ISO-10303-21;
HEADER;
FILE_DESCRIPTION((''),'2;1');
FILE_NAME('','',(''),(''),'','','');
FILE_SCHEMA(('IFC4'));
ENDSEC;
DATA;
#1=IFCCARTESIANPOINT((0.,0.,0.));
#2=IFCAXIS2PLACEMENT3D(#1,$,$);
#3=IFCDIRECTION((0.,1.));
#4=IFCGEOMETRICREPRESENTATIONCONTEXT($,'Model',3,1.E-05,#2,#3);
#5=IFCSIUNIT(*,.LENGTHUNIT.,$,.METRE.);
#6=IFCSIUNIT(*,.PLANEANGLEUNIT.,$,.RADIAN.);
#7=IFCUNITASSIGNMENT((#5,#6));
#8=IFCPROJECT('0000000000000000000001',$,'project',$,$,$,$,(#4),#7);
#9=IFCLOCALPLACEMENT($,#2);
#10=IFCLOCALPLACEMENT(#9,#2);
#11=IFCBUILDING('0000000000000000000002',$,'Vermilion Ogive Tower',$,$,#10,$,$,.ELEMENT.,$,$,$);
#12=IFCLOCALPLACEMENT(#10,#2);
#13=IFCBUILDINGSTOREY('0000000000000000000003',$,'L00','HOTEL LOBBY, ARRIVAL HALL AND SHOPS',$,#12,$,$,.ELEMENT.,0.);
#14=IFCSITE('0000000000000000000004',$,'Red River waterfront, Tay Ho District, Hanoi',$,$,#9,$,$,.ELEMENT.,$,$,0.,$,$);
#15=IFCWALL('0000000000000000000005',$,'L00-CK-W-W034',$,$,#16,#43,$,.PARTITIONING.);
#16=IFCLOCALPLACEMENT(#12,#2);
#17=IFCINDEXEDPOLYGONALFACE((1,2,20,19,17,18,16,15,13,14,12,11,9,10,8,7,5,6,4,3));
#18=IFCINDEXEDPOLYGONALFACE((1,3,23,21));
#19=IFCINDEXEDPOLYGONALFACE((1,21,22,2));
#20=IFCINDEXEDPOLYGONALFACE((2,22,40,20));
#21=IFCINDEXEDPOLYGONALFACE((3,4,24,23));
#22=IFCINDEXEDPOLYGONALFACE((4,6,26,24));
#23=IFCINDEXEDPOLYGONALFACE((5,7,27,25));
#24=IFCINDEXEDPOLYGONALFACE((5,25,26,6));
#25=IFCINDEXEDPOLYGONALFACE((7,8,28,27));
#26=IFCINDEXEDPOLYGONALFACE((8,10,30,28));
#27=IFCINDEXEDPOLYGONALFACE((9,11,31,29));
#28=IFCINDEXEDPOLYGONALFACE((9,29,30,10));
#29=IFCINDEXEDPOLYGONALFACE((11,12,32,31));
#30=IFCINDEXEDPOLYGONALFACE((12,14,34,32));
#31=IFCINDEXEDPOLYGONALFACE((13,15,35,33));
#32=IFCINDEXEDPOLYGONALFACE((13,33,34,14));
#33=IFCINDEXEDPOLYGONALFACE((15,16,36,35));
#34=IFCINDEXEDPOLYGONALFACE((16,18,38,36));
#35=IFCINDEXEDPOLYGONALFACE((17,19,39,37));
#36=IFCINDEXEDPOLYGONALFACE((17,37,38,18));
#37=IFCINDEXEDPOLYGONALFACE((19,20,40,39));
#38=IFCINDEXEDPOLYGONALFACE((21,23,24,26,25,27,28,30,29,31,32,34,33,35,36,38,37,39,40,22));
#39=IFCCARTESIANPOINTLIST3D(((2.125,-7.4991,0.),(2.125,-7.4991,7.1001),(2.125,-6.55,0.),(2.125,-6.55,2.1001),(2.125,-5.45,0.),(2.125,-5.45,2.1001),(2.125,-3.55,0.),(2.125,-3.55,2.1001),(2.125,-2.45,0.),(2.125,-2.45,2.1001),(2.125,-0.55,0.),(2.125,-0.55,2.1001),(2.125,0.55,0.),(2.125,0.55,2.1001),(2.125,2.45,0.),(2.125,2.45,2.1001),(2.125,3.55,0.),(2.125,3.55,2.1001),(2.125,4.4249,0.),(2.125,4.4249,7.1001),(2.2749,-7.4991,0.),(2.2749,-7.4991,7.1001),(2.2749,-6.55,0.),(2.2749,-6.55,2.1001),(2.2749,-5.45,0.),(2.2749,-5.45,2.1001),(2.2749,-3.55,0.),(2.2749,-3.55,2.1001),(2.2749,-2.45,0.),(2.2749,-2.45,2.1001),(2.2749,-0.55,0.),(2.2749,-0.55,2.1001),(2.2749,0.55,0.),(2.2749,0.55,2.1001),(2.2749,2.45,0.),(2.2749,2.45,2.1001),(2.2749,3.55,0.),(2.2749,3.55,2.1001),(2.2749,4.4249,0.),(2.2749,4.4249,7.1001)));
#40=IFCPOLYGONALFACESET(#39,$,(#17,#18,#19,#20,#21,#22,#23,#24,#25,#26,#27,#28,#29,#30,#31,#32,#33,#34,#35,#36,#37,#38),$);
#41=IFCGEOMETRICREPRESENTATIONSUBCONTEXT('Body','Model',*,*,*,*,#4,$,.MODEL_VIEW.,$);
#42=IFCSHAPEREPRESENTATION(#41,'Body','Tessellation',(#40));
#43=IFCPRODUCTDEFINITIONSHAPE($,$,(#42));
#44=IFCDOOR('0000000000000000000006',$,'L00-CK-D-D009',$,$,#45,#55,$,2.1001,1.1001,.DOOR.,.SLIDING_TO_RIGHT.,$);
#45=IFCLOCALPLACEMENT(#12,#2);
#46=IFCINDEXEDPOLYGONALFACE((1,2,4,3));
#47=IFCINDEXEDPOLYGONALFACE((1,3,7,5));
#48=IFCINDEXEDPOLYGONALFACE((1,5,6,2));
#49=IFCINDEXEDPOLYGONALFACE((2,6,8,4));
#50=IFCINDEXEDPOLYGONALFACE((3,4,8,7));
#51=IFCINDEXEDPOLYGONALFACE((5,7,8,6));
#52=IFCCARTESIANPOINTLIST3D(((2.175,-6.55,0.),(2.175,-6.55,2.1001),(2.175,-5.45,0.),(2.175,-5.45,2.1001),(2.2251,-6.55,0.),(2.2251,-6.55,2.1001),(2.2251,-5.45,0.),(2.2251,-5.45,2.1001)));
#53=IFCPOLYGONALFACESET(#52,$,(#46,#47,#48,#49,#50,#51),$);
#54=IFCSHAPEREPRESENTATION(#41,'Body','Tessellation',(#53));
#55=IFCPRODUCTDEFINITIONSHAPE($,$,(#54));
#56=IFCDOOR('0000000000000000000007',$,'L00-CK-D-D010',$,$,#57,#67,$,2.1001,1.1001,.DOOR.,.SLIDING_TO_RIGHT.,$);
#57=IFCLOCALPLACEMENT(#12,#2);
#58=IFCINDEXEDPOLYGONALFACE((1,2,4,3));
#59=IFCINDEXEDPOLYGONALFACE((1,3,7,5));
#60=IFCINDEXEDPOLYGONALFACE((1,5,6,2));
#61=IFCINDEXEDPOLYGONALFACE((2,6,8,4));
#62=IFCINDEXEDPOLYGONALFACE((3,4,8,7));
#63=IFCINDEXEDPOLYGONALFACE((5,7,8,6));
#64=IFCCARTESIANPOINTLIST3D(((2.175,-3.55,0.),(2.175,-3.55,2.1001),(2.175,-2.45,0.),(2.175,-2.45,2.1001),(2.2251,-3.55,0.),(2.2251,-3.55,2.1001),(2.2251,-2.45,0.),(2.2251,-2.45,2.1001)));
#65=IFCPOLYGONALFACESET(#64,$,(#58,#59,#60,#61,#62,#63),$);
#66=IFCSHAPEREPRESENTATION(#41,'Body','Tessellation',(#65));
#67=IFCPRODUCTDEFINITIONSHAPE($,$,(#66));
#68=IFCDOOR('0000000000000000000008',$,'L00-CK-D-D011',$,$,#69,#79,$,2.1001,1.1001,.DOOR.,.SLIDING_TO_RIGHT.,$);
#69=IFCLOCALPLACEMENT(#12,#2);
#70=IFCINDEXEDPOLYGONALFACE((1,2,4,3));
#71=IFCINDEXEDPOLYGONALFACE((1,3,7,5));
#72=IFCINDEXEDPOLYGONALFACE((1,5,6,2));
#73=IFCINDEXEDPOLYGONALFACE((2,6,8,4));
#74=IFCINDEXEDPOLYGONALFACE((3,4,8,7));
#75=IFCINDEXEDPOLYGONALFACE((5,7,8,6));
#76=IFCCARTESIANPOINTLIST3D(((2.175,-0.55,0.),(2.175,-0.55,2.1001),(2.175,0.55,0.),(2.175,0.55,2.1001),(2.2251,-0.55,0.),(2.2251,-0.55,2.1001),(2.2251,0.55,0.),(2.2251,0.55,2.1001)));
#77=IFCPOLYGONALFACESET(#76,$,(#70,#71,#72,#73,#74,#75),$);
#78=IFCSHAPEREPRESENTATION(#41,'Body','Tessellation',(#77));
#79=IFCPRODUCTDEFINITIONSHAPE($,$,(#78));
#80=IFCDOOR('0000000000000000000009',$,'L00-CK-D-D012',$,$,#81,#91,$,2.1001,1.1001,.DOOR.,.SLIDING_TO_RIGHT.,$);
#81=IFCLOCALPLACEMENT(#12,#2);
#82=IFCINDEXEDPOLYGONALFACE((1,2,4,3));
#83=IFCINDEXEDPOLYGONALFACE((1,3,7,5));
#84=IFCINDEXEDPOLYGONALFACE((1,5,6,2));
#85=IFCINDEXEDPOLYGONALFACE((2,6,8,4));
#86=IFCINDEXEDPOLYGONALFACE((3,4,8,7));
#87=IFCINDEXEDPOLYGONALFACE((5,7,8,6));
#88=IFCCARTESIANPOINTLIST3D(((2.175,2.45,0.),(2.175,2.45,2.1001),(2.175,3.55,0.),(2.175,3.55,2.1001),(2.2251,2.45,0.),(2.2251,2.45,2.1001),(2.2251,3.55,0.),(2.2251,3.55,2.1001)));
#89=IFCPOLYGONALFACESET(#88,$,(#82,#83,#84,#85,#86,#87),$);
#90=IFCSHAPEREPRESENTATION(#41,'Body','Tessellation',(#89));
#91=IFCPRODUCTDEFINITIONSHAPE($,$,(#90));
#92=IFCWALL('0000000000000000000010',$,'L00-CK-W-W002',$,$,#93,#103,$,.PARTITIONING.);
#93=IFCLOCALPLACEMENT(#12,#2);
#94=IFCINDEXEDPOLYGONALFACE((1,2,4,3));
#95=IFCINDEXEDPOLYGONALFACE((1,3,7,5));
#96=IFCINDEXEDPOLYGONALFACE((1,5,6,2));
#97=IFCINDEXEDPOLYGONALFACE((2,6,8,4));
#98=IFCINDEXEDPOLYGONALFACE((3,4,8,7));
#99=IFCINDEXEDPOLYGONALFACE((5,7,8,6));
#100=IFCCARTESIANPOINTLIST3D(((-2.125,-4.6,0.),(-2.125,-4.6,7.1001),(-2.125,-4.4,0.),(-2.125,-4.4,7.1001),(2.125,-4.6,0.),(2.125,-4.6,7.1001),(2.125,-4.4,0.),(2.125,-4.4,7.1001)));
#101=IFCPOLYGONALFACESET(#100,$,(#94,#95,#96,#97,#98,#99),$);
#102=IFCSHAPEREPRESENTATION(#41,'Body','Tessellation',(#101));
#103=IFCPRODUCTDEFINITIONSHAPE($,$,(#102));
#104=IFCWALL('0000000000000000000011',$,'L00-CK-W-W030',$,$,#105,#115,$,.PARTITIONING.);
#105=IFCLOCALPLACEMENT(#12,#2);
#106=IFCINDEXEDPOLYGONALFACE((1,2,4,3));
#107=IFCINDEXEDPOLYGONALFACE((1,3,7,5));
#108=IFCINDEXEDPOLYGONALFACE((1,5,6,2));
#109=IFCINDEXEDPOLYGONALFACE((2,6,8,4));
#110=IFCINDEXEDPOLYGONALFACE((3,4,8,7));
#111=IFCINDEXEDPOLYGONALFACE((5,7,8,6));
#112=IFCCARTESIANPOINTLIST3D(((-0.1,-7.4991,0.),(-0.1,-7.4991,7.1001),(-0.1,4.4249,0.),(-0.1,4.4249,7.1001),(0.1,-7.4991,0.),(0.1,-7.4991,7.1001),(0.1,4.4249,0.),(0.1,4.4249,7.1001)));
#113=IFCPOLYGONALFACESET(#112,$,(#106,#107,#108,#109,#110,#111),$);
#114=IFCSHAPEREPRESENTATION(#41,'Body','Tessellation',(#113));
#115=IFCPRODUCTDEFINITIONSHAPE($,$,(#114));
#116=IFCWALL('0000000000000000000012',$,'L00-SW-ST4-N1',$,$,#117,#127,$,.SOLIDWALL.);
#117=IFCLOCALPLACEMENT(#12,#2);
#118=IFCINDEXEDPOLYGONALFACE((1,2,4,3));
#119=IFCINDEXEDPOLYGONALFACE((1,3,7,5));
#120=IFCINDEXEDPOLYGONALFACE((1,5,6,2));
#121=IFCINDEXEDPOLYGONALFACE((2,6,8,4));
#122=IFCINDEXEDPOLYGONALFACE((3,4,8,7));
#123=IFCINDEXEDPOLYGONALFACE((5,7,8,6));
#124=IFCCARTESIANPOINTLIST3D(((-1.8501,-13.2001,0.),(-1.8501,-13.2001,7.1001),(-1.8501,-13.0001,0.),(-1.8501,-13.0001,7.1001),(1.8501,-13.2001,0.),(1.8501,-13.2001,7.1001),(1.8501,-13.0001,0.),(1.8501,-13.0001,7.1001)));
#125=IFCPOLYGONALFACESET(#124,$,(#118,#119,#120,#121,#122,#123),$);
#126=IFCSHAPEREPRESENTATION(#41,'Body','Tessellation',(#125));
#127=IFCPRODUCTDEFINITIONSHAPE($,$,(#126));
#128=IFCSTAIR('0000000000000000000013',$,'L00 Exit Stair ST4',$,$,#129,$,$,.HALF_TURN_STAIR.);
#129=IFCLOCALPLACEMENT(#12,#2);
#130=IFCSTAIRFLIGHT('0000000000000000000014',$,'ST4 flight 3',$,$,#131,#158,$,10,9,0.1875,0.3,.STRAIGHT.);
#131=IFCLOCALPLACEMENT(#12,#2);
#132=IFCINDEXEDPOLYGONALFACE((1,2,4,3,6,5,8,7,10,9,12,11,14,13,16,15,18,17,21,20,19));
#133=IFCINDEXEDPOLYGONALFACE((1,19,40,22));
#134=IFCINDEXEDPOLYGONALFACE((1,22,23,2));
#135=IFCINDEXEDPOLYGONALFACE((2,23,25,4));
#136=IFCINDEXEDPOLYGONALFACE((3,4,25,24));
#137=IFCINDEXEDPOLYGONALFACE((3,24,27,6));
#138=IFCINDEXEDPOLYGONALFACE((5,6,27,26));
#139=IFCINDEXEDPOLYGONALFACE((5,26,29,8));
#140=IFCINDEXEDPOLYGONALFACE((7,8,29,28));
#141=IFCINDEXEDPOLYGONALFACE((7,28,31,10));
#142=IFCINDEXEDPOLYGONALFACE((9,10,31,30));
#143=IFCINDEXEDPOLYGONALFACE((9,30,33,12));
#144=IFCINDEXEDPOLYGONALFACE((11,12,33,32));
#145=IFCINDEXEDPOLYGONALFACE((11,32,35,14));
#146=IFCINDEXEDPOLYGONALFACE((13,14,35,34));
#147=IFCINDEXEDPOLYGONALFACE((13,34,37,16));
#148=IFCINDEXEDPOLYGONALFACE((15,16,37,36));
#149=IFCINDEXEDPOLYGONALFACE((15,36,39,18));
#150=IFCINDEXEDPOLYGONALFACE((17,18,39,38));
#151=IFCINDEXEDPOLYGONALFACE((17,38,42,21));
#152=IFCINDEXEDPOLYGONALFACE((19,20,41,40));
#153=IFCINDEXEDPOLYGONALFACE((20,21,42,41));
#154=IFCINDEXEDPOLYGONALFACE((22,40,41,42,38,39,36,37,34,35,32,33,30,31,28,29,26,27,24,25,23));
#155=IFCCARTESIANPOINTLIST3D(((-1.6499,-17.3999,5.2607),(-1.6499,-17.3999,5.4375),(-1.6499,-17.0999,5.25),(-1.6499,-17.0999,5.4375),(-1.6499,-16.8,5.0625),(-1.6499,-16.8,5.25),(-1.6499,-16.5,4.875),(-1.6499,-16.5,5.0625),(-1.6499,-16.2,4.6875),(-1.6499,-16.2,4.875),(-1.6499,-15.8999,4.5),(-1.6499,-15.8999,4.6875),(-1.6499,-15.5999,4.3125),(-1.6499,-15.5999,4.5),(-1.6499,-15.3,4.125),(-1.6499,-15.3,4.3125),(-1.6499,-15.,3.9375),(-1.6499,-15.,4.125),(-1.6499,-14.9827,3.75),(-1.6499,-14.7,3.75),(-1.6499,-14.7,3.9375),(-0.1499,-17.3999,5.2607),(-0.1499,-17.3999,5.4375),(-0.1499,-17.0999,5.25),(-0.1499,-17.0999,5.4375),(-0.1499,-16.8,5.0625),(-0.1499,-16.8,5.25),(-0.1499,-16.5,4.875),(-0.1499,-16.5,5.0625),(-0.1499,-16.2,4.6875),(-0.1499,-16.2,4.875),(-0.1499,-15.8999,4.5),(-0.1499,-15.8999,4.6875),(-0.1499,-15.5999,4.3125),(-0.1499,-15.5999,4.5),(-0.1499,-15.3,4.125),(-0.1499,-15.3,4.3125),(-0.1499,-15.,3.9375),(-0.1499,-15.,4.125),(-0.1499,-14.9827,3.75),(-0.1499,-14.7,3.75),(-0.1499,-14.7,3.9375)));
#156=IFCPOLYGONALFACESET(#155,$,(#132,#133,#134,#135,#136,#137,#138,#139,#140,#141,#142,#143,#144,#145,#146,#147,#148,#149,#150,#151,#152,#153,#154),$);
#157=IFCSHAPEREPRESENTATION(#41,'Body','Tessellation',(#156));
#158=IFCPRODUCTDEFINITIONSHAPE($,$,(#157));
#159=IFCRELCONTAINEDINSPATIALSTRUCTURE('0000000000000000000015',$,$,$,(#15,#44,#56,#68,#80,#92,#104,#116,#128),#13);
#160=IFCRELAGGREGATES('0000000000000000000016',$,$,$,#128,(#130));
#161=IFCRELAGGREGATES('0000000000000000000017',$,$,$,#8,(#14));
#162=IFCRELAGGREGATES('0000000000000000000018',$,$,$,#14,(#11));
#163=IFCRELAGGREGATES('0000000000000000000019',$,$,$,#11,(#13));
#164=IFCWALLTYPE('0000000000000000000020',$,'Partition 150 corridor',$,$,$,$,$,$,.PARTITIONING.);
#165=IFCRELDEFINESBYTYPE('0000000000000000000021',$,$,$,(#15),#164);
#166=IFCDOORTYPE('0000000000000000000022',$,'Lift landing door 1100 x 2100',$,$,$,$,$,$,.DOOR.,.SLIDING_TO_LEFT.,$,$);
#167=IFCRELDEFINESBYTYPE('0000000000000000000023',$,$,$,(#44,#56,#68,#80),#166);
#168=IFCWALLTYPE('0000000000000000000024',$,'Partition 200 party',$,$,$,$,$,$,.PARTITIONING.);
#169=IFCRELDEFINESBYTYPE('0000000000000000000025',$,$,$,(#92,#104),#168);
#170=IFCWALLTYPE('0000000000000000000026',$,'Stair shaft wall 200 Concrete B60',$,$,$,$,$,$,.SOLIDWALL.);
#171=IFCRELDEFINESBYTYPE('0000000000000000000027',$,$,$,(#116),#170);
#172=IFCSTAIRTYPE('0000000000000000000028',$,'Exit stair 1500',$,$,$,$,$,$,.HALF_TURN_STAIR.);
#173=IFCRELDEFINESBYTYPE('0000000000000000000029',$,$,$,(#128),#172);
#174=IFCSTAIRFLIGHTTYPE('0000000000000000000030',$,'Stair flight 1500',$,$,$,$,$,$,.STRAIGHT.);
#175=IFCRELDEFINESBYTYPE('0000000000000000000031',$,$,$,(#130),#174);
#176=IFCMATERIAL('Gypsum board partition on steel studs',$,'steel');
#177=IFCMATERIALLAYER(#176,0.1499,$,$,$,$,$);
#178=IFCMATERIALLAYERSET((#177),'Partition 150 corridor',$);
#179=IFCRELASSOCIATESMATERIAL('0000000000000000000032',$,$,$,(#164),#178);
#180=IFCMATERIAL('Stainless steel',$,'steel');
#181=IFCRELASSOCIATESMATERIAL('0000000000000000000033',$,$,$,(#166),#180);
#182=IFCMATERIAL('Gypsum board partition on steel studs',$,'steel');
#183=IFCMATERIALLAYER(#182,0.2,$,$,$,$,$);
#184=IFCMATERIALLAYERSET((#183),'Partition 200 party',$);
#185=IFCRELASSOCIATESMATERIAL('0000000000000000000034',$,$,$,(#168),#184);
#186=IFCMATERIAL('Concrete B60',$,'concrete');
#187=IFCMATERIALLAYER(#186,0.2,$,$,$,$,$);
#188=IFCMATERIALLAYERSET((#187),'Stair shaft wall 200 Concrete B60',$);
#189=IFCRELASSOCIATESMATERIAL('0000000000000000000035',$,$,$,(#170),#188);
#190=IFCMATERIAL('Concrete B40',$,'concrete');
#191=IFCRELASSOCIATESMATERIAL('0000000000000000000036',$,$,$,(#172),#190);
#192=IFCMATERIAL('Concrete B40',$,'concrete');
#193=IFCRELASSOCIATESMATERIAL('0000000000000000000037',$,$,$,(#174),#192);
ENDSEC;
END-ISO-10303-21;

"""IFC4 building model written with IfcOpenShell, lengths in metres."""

from ifc_helpers import new_model, si_unit, direction, frame, frame_2d, origin, place, context, subcontext, project, spatial, polyline, rectangle, outline, extrude, material, layer, layer_set, type_object, element, fill, aggregate, save


model = new_model("IFC4")

# Units and contexts
model_context = context("Model", 3, precision=1e-05, world=origin(), true_north=direction((0.0, 1.0)))
body_context = subcontext(model_context, "Body", "Model", "MODEL_VIEW")
ifc_project = project(units=[si_unit("LENGTHUNIT", "METRE"), si_unit("PLANEANGLEUNIT", "RADIAN")], contexts=[model_context])

# Site, building, storey
site_placement = place(None, origin())
site = spatial("IfcSite", under=ifc_project, at=site_placement, Name="Red River waterfront, Tay Ho District, Hanoi", CompositionType="ELEMENT", RefElevation=0.0)
building_placement = place(site_placement, origin())
building = spatial("IfcBuilding", under=site, at=building_placement, Name="Vermilion Ogive Tower", CompositionType="ELEMENT")
storey_placement = place(building_placement, origin())
storey = spatial("IfcBuildingStorey", under=building, at=storey_placement, Name="L00", Description="HOTEL LOBBY, ARRIVAL HALL AND SHOPS", CompositionType="ELEMENT", Elevation=0.0)

# Shared definitions
ifc_material_1 = material(Name="Gypsum board partition on steel studs", Category="steel")
ifc_layer_1 = layer(ifc_material_1, 0.1499)
ifc_layer_set_1 = layer_set([ifc_layer_1], Name="Partition 150 corridor")
wall_type_1 = type_object("IfcWallType", Name="Partition 150 corridor", PredefinedType="PARTITIONING", material=ifc_layer_set_1)

# Wall, openings, doors
ifc_material_2 = material(Name="Stainless steel", Category="steel")
door_type = type_object("IfcDoorType", Name="Lift landing door 1100 x 2100", OperationType="SLIDING_TO_LEFT", PredefinedType="DOOR", material=ifc_material_2)
wall_1_placement = place(storey_placement, frame((2.2, -7.499, 0.0), z_axis=(0.0, 0.0, 1.0), x_axis=(0.0, 1.0, 0.0)))
wall_1 = element("IfcWall", 1, at=wall_1_placement, inside=storey, type_object=wall_type_1, Name="L00-CK-W-W034", PredefinedType="PARTITIONING", context=body_context, shape_type="SweptSolid", body=[
    extrude(rectangle(XDim=11.9241, YDim=0.1499, at=frame_2d((5.9619, 0.0))), origin(), (0.0, 0.0, 1.0), 7.1001),
])
opening_1_placement = place(wall_1_placement, frame((0.949, 0.0, 0.0)))
opening_1 = element("IfcOpeningElement", 2, at=opening_1_placement, cuts=wall_1, PredefinedType="OPENING", context=body_context, shape_type="SweptSolid", body=[
    extrude(rectangle(XDim=1.1001, YDim=2.1001, at=frame_2d((0.55, 1.05))), frame((0.0, 0.085, 0.0), z_axis=(0.0, -1.0, 0.0), x_axis=(1.0, 0.0, 0.0)), (0.0, 0.0, 1.0), 0.1699),
])
opening_2_placement = place(wall_1_placement, frame((3.949, 0.0, 0.0)))
opening_2 = element("IfcOpeningElement", 3, at=opening_2_placement, cuts=wall_1, PredefinedType="OPENING", context=body_context, shape_type="SweptSolid", body=[
    extrude(rectangle(XDim=1.1001, YDim=2.1001, at=frame_2d((0.55, 1.05))), frame((0.0, 0.085, 0.0), z_axis=(0.0, -1.0, 0.0), x_axis=(1.0, 0.0, 0.0)), (0.0, 0.0, 1.0), 0.1699),
])
opening_3_placement = place(wall_1_placement, frame((6.949, 0.0, 0.0)))
opening_3 = element("IfcOpeningElement", 4, at=opening_3_placement, cuts=wall_1, PredefinedType="OPENING", context=body_context, shape_type="SweptSolid", body=[
    extrude(rectangle(XDim=1.1001, YDim=2.1001, at=frame_2d((0.55, 1.05))), frame((0.0, 0.085, 0.0), z_axis=(0.0, -1.0, 0.0), x_axis=(1.0, 0.0, 0.0)), (0.0, 0.0, 1.0), 0.1699),
])
opening_4_placement = place(wall_1_placement, frame((9.949, 0.0, 0.0)))
opening_4 = element("IfcOpeningElement", 5, at=opening_4_placement, cuts=wall_1, PredefinedType="OPENING", context=body_context, shape_type="SweptSolid", body=[
    extrude(rectangle(XDim=1.1001, YDim=2.1001, at=frame_2d((0.55, 1.05))), frame((0.0, 0.085, 0.0), z_axis=(0.0, -1.0, 0.0), x_axis=(1.0, 0.0, 0.0)), (0.0, 0.0, 1.0), 0.1699),
])
door_1_placement = place(opening_1_placement, origin())
door_1 = element("IfcDoor", 6, at=door_1_placement, inside=storey, type_object=door_type, Name="L00-CK-D-D009", OperationType="SLIDING_TO_RIGHT", OverallHeight=2.1001, OverallWidth=1.1001, PredefinedType="DOOR", context=body_context, shape_type="SweptSolid", body=[
    extrude(rectangle(XDim=1.1001, YDim=2.1001, at=frame_2d((0.55, 1.05))), frame((0.0, 0.0249, 0.0), z_axis=(0.0, -1.0, 0.0), x_axis=(1.0, 0.0, 0.0)), (0.0, 0.0, 1.0), 0.05),
])
fill(opening_1, door_1)
door_2_placement = place(opening_2_placement, origin())
door_2 = element("IfcDoor", 7, at=door_2_placement, inside=storey, type_object=door_type, Name="L00-CK-D-D010", OperationType="SLIDING_TO_RIGHT", OverallHeight=2.1001, OverallWidth=1.1001, PredefinedType="DOOR", context=body_context, shape_type="SweptSolid", body=[
    extrude(rectangle(XDim=1.1001, YDim=2.1001, at=frame_2d((0.55, 1.05))), frame((0.0, 0.0249, 0.0), z_axis=(0.0, -1.0, 0.0), x_axis=(1.0, 0.0, 0.0)), (0.0, 0.0, 1.0), 0.05),
])
fill(opening_2, door_2)
door_3_placement = place(opening_3_placement, origin())
door_3 = element("IfcDoor", 8, at=door_3_placement, inside=storey, type_object=door_type, Name="L00-CK-D-D011", OperationType="SLIDING_TO_RIGHT", OverallHeight=2.1001, OverallWidth=1.1001, PredefinedType="DOOR", context=body_context, shape_type="SweptSolid", body=[
    extrude(rectangle(XDim=1.1001, YDim=2.1001, at=frame_2d((0.55, 1.05))), frame((0.0, 0.0249, 0.0), z_axis=(0.0, -1.0, 0.0), x_axis=(1.0, 0.0, 0.0)), (0.0, 0.0, 1.0), 0.05),
])
fill(opening_3, door_3)
door_4_placement = place(opening_4_placement, origin())
door_4 = element("IfcDoor", 9, at=door_4_placement, inside=storey, type_object=door_type, Name="L00-CK-D-D012", OperationType="SLIDING_TO_RIGHT", OverallHeight=2.1001, OverallWidth=1.1001, PredefinedType="DOOR", context=body_context, shape_type="SweptSolid", body=[
    extrude(rectangle(XDim=1.1001, YDim=2.1001, at=frame_2d((0.55, 1.05))), frame((0.0, 0.0249, 0.0), z_axis=(0.0, -1.0, 0.0), x_axis=(1.0, 0.0, 0.0)), (0.0, 0.0, 1.0), 0.05),
])
fill(opening_4, door_4)

# Walls
ifc_material_3 = material(Name="Gypsum board partition on steel studs", Category="steel")
ifc_layer_2 = layer(ifc_material_3, 0.2)
ifc_layer_set_2 = layer_set([ifc_layer_2], Name="Partition 200 party")
wall_type_2 = type_object("IfcWallType", Name="Partition 200 party", PredefinedType="PARTITIONING", material=ifc_layer_set_2)
wall_2_placement = place(storey_placement, frame((-2.125, -4.5, 0.0), z_axis=(0.0, 0.0, 1.0), x_axis=(1.0, 0.0, 0.0)))
element("IfcWall", 10, at=wall_2_placement, inside=storey, type_object=wall_type_2, Name="L00-CK-W-W002", PredefinedType="PARTITIONING", context=body_context, shape_type="SweptSolid", body=[
    extrude(rectangle(XDim=4.25, YDim=0.2, at=frame_2d((2.125, 0.0))), origin(), (0.0, 0.0, 1.0), 7.1001),
])
wall_3_placement = place(storey_placement, frame((0.0, -7.499, 0.0), z_axis=(0.0, 0.0, 1.0), x_axis=(0.0, 1.0, 0.0)))
element("IfcWall", 11, at=wall_3_placement, inside=storey, type_object=wall_type_2, Name="L00-CK-W-W030", PredefinedType="PARTITIONING", context=body_context, shape_type="SweptSolid", body=[
    extrude(rectangle(XDim=11.9241, YDim=0.2, at=frame_2d((5.9619, 0.0))), origin(), (0.0, 0.0, 1.0), 7.1001),
])
ifc_material_4 = material(Name="Concrete B60", Category="concrete")
ifc_layer_3 = layer(ifc_material_4, 0.2)
ifc_layer_set_3 = layer_set([ifc_layer_3], Name="Stair shaft wall 200 Concrete B60")
wall_type_3 = type_object("IfcWallType", Name="Stair shaft wall 200 Concrete B60", PredefinedType="SOLIDWALL", material=ifc_layer_set_3)
wall_4_placement = place(storey_placement, frame((-1.8501, -13.1001, 0.0), z_axis=(0.0, 0.0, 1.0), x_axis=(1.0, 0.0, 0.0)))
element("IfcWall", 12, at=wall_4_placement, inside=storey, type_object=wall_type_3, Name="L00-SW-ST4-N1", PredefinedType="SOLIDWALL", context=body_context, shape_type="SweptSolid", body=[
    extrude(rectangle(XDim=3.7002, YDim=0.2, at=frame_2d((1.8501, 0.0))), origin(), (0.0, 0.0, 1.0), 7.1001),
])

# Stair, stair flight
ifc_material_5 = material(Name="Concrete B40", Category="concrete")
stair_type = type_object("IfcStairType", Name="Exit stair 1500", PredefinedType="HALF_TURN_STAIR", material=ifc_material_5)
stair_placement = place(storey_placement, origin())
stair = element("IfcStair", 13, at=stair_placement, inside=storey, type_object=stair_type, Name="L00 Exit Stair ST4", PredefinedType="HALF_TURN_STAIR")
ifc_material_6 = material(Name="Concrete B40", Category="concrete")
stair_flight_type = type_object("IfcStairFlightType", Name="Stair flight 1500", PredefinedType="STRAIGHT", material=ifc_material_6)
stair_flight_placement = place(storey_placement, frame((-0.8999, -14.7, 3.75), z_axis=(0.0, 0.0, 1.0), x_axis=(0.0, -1.0, 0.0)))
stair_flight = element("IfcStairFlight", 14, at=stair_flight_placement, type_object=stair_flight_type, Name="ST4 flight 3", NumberOfRisers=10, NumberOfTreads=9, PredefinedType="STRAIGHT", RiserHeight=0.1875, TreadLength=0.3, context=body_context, shape_type="SweptSolid", body=[
    extrude(outline(polyline([(0.0, 0.0), (0.0, 0.1875), (0.3, 0.1875), (0.3, 0.375), (0.6001, 0.375), (0.6001, 0.5625), (0.8999, 0.5625), (0.8999, 0.75), (1.2, 0.75), (1.2, 0.9375), (1.5, 0.9375), (1.5, 1.125), (1.8, 1.125), (1.8, 1.3125), (2.1001, 1.3125), (2.1001, 1.5), (2.3999, 1.5), (2.3999, 1.6875), (2.7, 1.6875), (2.7, 1.875), (2.7, 1.5107), (0.2827, 0.0), (0.0, 0.0)])), frame((0.0, 0.75, 0.0), z_axis=(0.0, -1.0, 0.0), x_axis=(1.0, 0.0, 0.0)), (0.0, 0.0, 1.0), 1.5),
])
aggregate(stair, [stair_flight])

save(model, "model.ifc")
